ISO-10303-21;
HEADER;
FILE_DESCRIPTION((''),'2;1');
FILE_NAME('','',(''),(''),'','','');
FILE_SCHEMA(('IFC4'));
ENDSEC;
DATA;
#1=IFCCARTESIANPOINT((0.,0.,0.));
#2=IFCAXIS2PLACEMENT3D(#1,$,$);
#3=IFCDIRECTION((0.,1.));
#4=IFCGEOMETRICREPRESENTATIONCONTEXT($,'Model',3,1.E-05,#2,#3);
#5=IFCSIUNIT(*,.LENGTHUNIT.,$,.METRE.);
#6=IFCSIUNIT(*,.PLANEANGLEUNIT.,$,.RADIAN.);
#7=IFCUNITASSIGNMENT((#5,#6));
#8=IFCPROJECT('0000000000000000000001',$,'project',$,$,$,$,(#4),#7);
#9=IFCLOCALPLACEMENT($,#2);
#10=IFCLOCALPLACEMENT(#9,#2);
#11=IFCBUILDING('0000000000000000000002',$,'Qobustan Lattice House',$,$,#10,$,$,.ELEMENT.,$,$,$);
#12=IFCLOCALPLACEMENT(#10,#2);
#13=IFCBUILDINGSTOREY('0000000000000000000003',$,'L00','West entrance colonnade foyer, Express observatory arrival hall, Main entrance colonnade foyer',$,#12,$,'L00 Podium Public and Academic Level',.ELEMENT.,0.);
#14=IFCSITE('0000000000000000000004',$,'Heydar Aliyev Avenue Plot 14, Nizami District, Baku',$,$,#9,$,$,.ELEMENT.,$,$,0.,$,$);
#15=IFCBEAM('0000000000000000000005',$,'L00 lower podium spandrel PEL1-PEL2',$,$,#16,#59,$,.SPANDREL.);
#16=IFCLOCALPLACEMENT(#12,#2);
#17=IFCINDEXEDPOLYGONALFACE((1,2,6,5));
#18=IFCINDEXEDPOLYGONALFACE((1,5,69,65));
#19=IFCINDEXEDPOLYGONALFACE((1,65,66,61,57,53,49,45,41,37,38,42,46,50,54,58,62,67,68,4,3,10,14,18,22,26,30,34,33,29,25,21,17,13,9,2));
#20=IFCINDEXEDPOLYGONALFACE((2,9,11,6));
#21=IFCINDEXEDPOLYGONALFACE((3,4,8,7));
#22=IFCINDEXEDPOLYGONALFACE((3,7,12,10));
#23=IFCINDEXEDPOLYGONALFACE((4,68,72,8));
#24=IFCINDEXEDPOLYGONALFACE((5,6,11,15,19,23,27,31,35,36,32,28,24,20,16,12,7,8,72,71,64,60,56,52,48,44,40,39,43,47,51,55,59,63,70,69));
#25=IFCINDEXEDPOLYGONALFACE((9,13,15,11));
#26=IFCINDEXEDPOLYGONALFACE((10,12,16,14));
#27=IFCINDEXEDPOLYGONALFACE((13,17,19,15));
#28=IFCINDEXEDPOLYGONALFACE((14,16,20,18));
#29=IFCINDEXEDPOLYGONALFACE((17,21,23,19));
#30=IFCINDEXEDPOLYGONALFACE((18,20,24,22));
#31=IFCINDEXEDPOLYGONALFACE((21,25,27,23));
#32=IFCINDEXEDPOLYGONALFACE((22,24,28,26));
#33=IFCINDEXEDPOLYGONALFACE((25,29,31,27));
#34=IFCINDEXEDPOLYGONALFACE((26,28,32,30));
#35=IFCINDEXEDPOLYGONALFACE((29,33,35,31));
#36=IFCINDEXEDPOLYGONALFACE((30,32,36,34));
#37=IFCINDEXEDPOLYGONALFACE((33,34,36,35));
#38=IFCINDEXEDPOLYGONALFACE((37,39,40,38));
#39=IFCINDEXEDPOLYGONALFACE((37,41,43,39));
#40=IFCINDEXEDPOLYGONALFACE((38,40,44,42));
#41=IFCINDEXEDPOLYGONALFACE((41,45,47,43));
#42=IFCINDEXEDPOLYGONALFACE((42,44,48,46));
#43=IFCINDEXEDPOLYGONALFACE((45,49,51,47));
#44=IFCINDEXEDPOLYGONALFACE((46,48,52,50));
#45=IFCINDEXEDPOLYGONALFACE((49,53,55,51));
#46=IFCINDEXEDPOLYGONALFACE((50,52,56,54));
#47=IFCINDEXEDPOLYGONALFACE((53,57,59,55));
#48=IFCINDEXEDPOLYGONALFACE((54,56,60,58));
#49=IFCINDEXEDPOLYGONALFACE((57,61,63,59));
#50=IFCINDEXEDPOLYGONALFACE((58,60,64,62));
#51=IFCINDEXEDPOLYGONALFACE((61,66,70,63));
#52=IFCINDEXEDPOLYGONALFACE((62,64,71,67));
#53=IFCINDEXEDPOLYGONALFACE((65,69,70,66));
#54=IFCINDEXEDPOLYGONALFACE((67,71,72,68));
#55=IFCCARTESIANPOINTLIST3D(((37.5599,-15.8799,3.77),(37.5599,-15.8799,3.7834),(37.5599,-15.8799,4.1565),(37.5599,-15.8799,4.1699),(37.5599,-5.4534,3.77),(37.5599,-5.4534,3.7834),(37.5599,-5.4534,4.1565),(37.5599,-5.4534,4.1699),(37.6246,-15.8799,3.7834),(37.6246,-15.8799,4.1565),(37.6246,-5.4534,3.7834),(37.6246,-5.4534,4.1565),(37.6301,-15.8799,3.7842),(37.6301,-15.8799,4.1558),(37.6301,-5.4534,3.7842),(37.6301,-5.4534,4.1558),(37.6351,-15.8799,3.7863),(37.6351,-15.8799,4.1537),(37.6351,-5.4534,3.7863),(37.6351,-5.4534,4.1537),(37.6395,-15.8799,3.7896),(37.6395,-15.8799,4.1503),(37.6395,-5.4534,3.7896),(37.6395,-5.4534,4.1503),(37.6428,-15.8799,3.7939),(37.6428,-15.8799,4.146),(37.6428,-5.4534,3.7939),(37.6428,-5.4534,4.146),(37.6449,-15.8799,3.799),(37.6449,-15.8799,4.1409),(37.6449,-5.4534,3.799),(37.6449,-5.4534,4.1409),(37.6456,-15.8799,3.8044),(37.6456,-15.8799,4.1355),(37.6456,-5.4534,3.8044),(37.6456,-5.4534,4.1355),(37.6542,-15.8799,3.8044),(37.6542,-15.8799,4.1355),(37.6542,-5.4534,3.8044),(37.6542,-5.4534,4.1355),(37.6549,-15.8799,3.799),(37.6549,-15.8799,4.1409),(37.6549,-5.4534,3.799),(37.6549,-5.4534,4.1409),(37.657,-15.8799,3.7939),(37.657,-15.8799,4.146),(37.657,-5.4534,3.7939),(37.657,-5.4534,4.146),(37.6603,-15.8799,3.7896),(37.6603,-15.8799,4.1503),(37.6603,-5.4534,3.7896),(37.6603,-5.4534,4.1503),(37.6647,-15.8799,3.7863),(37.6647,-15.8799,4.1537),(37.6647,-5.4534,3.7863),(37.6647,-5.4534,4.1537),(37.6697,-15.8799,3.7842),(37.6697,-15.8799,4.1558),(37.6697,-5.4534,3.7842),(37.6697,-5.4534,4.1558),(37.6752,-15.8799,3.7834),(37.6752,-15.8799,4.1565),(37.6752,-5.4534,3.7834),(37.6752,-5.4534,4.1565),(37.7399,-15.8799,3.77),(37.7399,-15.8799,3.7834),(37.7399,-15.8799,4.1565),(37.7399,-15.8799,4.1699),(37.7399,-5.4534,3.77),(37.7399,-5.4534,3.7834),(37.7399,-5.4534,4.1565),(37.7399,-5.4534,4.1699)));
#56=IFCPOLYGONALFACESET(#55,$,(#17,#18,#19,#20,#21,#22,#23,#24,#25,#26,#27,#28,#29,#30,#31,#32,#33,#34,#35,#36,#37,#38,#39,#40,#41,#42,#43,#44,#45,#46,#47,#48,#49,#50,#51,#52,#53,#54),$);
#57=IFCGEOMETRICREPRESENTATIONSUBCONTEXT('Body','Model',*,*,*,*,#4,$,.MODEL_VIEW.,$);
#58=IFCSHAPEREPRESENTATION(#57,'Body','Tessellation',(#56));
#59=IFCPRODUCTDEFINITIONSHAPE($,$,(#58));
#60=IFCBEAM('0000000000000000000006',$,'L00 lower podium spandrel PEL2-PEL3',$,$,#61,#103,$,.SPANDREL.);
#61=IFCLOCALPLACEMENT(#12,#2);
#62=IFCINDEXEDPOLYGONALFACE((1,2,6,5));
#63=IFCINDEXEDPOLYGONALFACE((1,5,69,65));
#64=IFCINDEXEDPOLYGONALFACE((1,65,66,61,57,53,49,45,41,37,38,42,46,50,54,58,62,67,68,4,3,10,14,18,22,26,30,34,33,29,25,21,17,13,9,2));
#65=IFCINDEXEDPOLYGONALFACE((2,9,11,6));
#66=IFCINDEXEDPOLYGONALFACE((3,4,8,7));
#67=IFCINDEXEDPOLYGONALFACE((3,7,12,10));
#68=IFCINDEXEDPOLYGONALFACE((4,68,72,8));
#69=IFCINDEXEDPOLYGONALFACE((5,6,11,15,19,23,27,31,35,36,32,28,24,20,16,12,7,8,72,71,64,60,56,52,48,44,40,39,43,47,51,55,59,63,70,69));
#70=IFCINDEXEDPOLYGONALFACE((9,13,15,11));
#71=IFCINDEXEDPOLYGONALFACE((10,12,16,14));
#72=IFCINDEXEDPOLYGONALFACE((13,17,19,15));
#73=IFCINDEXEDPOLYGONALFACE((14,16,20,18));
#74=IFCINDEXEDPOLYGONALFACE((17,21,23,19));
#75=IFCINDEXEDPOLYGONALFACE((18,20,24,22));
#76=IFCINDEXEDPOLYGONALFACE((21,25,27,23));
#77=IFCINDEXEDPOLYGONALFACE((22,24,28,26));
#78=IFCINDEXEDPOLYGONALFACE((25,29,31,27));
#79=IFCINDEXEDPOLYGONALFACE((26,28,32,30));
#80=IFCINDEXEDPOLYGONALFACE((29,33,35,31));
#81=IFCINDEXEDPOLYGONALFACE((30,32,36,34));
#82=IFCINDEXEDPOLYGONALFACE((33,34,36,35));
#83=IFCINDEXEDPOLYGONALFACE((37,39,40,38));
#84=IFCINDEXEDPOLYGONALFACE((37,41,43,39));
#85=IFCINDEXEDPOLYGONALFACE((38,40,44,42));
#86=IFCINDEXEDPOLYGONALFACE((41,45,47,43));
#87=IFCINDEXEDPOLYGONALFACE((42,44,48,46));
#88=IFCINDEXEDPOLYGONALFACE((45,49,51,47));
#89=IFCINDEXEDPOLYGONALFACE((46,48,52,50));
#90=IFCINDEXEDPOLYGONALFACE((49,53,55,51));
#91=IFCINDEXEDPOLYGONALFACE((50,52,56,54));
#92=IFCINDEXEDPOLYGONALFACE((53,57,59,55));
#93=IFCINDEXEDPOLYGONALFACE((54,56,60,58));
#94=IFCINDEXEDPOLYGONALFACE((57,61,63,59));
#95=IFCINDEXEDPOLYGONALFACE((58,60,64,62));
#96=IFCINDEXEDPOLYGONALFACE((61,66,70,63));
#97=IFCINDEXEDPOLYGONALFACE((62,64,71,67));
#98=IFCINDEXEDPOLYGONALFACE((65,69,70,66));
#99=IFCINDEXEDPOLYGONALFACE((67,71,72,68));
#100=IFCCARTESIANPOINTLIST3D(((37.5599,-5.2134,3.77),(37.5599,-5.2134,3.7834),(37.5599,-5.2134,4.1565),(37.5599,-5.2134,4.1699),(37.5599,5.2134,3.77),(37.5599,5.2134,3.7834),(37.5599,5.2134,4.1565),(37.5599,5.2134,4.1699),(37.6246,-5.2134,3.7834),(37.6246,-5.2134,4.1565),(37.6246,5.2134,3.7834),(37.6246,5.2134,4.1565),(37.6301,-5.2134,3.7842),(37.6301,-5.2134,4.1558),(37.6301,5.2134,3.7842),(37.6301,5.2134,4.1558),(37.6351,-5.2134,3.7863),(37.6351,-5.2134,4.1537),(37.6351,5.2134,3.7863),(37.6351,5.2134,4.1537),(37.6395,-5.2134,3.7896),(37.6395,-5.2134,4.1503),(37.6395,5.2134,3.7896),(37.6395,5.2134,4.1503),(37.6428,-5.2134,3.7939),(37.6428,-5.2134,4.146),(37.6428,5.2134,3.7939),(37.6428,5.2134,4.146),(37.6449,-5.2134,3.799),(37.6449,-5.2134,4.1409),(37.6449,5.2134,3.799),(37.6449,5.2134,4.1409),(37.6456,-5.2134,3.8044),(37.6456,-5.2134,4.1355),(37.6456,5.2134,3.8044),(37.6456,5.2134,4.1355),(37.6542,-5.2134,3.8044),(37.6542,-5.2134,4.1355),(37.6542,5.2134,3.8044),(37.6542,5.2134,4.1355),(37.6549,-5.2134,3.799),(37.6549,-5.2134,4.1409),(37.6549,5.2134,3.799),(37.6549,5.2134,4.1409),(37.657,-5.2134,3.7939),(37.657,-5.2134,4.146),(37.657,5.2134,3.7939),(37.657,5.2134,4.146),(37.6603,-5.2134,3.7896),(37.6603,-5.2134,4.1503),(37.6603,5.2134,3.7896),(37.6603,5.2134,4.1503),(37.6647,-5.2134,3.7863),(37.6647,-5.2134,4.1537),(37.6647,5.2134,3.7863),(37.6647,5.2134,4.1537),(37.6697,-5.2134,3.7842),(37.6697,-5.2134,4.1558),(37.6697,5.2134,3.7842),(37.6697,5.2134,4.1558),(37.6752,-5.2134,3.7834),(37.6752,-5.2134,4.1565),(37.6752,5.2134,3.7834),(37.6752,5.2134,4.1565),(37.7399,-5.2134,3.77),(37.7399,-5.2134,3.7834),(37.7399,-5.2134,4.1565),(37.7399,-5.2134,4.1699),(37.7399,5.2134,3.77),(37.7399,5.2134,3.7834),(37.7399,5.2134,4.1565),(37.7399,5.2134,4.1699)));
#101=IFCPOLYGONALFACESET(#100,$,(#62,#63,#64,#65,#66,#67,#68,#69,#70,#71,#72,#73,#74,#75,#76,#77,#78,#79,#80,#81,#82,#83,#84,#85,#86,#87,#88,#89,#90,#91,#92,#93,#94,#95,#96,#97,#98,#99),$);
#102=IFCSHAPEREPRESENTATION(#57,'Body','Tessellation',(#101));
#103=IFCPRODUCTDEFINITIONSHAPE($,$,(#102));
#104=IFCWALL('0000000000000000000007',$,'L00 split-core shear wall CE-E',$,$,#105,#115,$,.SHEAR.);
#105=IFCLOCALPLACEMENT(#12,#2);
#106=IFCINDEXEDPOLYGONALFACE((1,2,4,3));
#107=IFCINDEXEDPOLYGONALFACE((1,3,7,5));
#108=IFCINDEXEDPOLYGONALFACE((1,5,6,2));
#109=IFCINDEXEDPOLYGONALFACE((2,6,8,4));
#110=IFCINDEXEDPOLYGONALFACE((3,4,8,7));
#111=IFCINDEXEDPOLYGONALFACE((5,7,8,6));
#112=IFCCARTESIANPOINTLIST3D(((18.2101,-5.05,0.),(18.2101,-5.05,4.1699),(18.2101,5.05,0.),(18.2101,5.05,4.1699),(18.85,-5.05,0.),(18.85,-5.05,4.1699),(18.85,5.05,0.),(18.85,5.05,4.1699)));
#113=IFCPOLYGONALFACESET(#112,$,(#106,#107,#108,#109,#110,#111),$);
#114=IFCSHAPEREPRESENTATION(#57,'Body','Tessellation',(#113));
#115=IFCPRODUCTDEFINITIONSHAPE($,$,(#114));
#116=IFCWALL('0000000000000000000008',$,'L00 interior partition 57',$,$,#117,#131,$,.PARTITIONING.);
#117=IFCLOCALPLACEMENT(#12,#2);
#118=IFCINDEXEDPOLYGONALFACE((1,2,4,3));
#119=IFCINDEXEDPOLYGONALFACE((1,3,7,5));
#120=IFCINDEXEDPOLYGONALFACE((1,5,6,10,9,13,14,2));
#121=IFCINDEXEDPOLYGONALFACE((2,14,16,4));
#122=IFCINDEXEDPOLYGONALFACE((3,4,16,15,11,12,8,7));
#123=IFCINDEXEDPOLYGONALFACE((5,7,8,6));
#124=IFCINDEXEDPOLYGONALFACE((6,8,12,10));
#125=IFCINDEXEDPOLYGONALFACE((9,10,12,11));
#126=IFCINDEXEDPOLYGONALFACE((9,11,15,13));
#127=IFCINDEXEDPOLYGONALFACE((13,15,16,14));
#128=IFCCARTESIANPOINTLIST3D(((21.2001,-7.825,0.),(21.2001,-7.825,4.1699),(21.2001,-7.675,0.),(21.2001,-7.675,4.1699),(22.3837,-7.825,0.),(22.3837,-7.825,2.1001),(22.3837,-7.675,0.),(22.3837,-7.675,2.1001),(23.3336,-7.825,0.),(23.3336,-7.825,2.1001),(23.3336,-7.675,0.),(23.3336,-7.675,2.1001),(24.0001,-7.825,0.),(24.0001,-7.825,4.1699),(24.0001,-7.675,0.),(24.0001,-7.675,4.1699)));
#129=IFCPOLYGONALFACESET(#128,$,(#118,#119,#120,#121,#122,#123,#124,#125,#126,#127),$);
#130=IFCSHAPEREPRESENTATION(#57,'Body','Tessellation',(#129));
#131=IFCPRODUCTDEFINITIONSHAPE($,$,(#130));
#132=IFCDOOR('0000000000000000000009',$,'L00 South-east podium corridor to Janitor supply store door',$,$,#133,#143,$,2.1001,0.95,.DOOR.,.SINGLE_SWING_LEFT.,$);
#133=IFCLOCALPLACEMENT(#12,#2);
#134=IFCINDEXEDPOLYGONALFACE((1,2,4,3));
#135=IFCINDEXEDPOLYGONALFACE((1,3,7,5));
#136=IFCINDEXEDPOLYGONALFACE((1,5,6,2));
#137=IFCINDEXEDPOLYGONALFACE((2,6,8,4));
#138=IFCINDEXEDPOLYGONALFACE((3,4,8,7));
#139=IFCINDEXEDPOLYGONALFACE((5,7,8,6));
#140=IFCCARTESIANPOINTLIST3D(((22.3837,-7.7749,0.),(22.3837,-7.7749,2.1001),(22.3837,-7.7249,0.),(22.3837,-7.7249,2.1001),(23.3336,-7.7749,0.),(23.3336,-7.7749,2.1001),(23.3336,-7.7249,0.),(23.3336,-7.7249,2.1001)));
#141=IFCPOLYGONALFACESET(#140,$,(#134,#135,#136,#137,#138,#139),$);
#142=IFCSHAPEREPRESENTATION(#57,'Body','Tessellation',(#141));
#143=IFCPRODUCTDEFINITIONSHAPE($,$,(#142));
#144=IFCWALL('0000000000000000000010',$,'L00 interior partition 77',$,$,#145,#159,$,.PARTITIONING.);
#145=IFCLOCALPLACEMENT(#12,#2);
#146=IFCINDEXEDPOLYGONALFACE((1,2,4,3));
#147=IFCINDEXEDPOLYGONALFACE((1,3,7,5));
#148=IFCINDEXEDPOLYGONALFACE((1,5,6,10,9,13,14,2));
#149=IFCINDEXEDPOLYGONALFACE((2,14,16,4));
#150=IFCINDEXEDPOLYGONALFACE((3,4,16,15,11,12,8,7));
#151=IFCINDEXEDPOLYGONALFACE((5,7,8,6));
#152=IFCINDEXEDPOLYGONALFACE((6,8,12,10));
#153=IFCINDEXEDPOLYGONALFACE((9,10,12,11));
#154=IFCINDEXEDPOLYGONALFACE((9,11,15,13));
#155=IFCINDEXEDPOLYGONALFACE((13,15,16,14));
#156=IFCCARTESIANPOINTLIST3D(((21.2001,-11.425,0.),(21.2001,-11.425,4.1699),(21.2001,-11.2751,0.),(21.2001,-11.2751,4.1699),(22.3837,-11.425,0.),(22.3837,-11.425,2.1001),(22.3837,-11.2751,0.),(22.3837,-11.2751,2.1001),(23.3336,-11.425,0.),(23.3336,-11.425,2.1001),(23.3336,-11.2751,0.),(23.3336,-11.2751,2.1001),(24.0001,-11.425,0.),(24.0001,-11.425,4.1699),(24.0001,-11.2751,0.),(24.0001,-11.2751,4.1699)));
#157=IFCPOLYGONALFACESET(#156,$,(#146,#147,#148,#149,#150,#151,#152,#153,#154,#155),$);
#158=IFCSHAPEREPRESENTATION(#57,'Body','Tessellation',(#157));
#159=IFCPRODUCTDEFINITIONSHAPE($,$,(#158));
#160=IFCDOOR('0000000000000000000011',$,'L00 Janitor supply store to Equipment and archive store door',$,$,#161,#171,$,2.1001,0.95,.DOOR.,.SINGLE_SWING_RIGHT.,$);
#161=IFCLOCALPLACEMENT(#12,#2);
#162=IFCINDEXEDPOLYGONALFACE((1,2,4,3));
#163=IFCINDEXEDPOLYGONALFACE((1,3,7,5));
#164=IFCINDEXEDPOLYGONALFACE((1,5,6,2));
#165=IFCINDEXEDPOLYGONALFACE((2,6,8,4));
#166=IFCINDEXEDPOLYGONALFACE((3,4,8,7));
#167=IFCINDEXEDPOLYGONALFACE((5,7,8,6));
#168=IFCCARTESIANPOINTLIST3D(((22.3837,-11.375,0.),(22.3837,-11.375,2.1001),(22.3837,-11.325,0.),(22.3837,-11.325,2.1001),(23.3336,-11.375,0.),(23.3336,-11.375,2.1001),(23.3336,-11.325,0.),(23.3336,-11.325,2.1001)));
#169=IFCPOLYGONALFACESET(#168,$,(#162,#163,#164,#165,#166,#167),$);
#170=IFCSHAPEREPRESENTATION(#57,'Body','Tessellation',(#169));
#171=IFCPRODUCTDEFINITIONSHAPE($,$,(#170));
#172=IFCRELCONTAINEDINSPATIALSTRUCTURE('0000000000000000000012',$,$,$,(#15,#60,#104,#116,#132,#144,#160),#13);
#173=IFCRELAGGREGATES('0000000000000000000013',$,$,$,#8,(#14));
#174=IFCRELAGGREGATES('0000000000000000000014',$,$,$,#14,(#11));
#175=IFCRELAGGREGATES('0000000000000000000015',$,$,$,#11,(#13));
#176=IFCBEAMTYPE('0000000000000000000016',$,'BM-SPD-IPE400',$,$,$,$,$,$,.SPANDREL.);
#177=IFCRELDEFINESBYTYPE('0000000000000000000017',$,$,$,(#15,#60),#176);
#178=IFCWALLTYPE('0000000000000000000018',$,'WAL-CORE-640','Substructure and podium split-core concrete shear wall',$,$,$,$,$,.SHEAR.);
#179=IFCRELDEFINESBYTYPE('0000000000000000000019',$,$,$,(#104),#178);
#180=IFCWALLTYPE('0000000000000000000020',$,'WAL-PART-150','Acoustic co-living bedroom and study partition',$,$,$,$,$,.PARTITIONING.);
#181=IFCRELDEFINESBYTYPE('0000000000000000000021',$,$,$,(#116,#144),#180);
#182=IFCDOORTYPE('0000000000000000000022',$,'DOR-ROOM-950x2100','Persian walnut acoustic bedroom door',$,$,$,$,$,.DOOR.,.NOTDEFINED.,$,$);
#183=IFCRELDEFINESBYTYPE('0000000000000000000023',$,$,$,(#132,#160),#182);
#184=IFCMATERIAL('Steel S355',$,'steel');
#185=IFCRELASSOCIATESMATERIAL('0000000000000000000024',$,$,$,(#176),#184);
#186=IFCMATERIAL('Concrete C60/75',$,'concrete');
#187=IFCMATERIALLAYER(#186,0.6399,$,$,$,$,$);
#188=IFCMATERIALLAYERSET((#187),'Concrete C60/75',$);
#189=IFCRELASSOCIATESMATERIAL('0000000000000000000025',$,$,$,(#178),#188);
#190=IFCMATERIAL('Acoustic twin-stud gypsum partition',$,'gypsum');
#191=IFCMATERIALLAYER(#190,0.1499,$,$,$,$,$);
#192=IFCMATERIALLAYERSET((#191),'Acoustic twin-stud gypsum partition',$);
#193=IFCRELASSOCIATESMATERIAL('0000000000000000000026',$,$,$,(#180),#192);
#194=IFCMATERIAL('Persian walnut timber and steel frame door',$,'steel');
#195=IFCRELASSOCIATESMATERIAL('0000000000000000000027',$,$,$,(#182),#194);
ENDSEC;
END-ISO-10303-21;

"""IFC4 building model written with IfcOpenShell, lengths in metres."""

from ifc_helpers import new_model, si_unit, direction, frame, frame_2d, origin, origin_2d, place, context, subcontext, project, spatial, rectangle, i_section, extrude, material, layer, layer_set, material_profile, profile_set, type_object, element, fill, save


model = new_model("IFC4")

# Units and contexts
model_context = context("Model", 3, precision=1e-05, world=origin(), true_north=direction((0.0, 1.0)))
body_context = subcontext(model_context, "Body", "Model", "MODEL_VIEW")
ifc_project = project(units=[si_unit("LENGTHUNIT", "METRE"), si_unit("PLANEANGLEUNIT", "RADIAN")], contexts=[model_context])

# Site, building, storey
site_placement = place(None, origin())
site = spatial("IfcSite", under=ifc_project, at=site_placement, Name="Heydar Aliyev Avenue Plot 14, Nizami District, Baku", CompositionType="ELEMENT", RefElevation=0.0)
building_placement = place(site_placement, origin())
building = spatial("IfcBuilding", under=site, at=building_placement, Name="Qobustan Lattice House", CompositionType="ELEMENT")
storey_placement = place(building_placement, origin())
storey = spatial("IfcBuildingStorey", under=building, at=storey_placement, Name="L00", Description="West entrance colonnade foyer, Express observatory arrival hall, Main entrance colonnade foyer", LongName="L00 Podium Public and Academic Level", CompositionType="ELEMENT", Elevation=0.0)

# Beams
ifc_material_1 = material(Name="Steel S355", Category="steel")
ifc_material_profile_1 = material_profile(ifc_material_1, i_section(OverallWidth=0.1799, OverallDepth=0.3999, WebThickness=0.0085, FlangeThickness=0.0134, FilletRadius=0.021, at=origin_2d()), Name="IPE400")
ifc_profile_set_1 = profile_set([ifc_material_profile_1], Name="Steel S355")
beam_type_1 = type_object("IfcBeamType", Name="BM-SPD-IPE400", PredefinedType="SPANDREL", material=ifc_profile_set_1)
beam_1_placement = place(storey_placement, frame((37.6499, -15.8799, 3.97), z_axis=(0.0, 1.0, 0.0), x_axis=(-1.0, 0.0, 0.0)))
element("IfcBeam", 1, at=beam_1_placement, inside=storey, type_object=beam_type_1, Name="L00 lower podium spandrel PEL1-PEL2", PredefinedType="SPANDREL", context=body_context, shape_type="SweptSolid", body=[
    extrude(i_section(OverallWidth=0.1799, OverallDepth=0.3999, WebThickness=0.0085, FlangeThickness=0.0134, FilletRadius=0.021, at=origin_2d()), origin(), (0.0, 0.0, 1.0), 10.4265),
])
beam_2_placement = place(storey_placement, frame((37.6499, -5.2134, 3.97), z_axis=(0.0, 1.0, 0.0), x_axis=(-1.0, 0.0, 0.0)))
element("IfcBeam", 2, at=beam_2_placement, inside=storey, type_object=beam_type_1, Name="L00 lower podium spandrel PEL2-PEL3", PredefinedType="SPANDREL", context=body_context, shape_type="SweptSolid", body=[
    extrude(i_section(OverallWidth=0.1799, OverallDepth=0.3999, WebThickness=0.0085, FlangeThickness=0.0134, FilletRadius=0.021, at=origin_2d()), origin(), (0.0, 0.0, 1.0), 10.4268),
])

# Wall
ifc_material_2 = material(Name="Concrete C60/75", Category="concrete")
ifc_layer_1 = layer(ifc_material_2, 0.6399)
ifc_layer_set_1 = layer_set([ifc_layer_1], Name="Concrete C60/75")
wall_type_1 = type_object("IfcWallType", Name="WAL-CORE-640", Description="Substructure and podium split-core concrete shear wall", PredefinedType="SHEAR", material=ifc_layer_set_1)
wall_1_placement = place(storey_placement, frame((18.53, -5.05, 0.0), z_axis=(0.0, 0.0, 1.0), x_axis=(0.0, 1.0, 0.0)))
element("IfcWall", 3, at=wall_1_placement, inside=storey, type_object=wall_type_1, Name="L00 split-core shear wall CE-E", PredefinedType="SHEAR", context=body_context, shape_type="SweptSolid", body=[
    extrude(rectangle(XDim=10.1001, YDim=0.6399, at=frame_2d((5.05, 0.0))), origin(), (0.0, 0.0, 1.0), 4.1699),
])

# Walls, openings, doors
ifc_material_3 = material(Name="Acoustic twin-stud gypsum partition", Category="gypsum")
ifc_layer_2 = layer(ifc_material_3, 0.1499)
ifc_layer_set_2 = layer_set([ifc_layer_2], Name="Acoustic twin-stud gypsum partition")
wall_type_2 = type_object("IfcWallType", Name="WAL-PART-150", Description="Acoustic co-living bedroom and study partition", PredefinedType="PARTITIONING", material=ifc_layer_set_2)
wall_2_placement = place(storey_placement, frame((24.0, -7.75, 0.0), z_axis=(0.0, 0.0, 1.0), x_axis=(-1.0, 0.0, 0.0)))
wall_2 = element("IfcWall", 4, at=wall_2_placement, inside=storey, type_object=wall_type_2, Name="L00 interior partition 57", PredefinedType="PARTITIONING", context=body_context, shape_type="SweptSolid", body=[
    extrude(rectangle(XDim=2.8, YDim=0.1499, at=frame_2d((1.3999, 0.0))), origin(), (0.0, 0.0, 1.0), 4.1699),
])
opening_1_placement = place(wall_2_placement, frame((0.6663, 0.0, 0.0)))
opening_1 = element("IfcOpeningElement", 5, at=opening_1_placement, cuts=wall_2, PredefinedType="OPENING", context=body_context, shape_type="SweptSolid", body=[
    extrude(rectangle(XDim=0.95, YDim=2.1001, at=frame_2d((0.4751, 1.05))), frame((0.0, 0.085, 0.0), z_axis=(0.0, -1.0, 0.0), x_axis=(1.0, 0.0, 0.0)), (0.0, 0.0, 1.0), 0.1699),
])
ifc_material_4 = material(Name="Persian walnut timber and steel frame door", Category="steel")
door_type_1 = type_object("IfcDoorType", Name="DOR-ROOM-950x2100", Description="Persian walnut acoustic bedroom door", OperationType="NOTDEFINED", PredefinedType="DOOR", material=ifc_material_4)
door_1_placement = place(opening_1_placement, origin())
door_1 = element("IfcDoor", 6, at=door_1_placement, inside=storey, type_object=door_type_1, Name="L00 South-east podium corridor to Janitor supply store door", OperationType="SINGLE_SWING_LEFT", OverallHeight=2.1001, OverallWidth=0.95, PredefinedType="DOOR", context=body_context, shape_type="SweptSolid", body=[
    extrude(rectangle(XDim=0.95, YDim=2.1001, at=frame_2d((0.4751, 1.05))), frame((0.0, 0.0249, 0.0), z_axis=(0.0, -1.0, 0.0), x_axis=(1.0, 0.0, 0.0)), (0.0, 0.0, 1.0), 0.05),
])
fill(opening_1, door_1)
wall_3_placement = place(storey_placement, frame((24.0, -11.3501, 0.0), z_axis=(0.0, 0.0, 1.0), x_axis=(-1.0, 0.0, 0.0)))
wall_3 = element("IfcWall", 7, at=wall_3_placement, inside=storey, type_object=wall_type_2, Name="L00 interior partition 77", PredefinedType="PARTITIONING", context=body_context, shape_type="SweptSolid", body=[
    extrude(rectangle(XDim=2.8, YDim=0.1499, at=frame_2d((1.3999, 0.0))), origin(), (0.0, 0.0, 1.0), 4.1699),
])
opening_2_placement = place(wall_3_placement, frame((0.6663, 0.0, 0.0)))
opening_2 = element("IfcOpeningElement", 8, at=opening_2_placement, cuts=wall_3, PredefinedType="OPENING", context=body_context, shape_type="SweptSolid", body=[
    extrude(rectangle(XDim=0.95, YDim=2.1001, at=frame_2d((0.4751, 1.05))), frame((0.0, 0.085, 0.0), z_axis=(0.0, -1.0, 0.0), x_axis=(1.0, 0.0, 0.0)), (0.0, 0.0, 1.0), 0.1699),
])
door_2_placement = place(opening_2_placement, origin())
door_2 = element("IfcDoor", 9, at=door_2_placement, inside=storey, type_object=door_type_1, Name="L00 Janitor supply store to Equipment and archive store door", OperationType="SINGLE_SWING_RIGHT", OverallHeight=2.1001, OverallWidth=0.95, PredefinedType="DOOR", context=body_context, shape_type="SweptSolid", body=[
    extrude(rectangle(XDim=0.95, YDim=2.1001, at=frame_2d((0.4751, 1.05))), frame((0.0, 0.0249, 0.0), z_axis=(0.0, -1.0, 0.0), x_axis=(1.0, 0.0, 0.0)), (0.0, 0.0, 1.0), 0.05),
])
fill(opening_2, door_2)

save(model, "model.ifc")
